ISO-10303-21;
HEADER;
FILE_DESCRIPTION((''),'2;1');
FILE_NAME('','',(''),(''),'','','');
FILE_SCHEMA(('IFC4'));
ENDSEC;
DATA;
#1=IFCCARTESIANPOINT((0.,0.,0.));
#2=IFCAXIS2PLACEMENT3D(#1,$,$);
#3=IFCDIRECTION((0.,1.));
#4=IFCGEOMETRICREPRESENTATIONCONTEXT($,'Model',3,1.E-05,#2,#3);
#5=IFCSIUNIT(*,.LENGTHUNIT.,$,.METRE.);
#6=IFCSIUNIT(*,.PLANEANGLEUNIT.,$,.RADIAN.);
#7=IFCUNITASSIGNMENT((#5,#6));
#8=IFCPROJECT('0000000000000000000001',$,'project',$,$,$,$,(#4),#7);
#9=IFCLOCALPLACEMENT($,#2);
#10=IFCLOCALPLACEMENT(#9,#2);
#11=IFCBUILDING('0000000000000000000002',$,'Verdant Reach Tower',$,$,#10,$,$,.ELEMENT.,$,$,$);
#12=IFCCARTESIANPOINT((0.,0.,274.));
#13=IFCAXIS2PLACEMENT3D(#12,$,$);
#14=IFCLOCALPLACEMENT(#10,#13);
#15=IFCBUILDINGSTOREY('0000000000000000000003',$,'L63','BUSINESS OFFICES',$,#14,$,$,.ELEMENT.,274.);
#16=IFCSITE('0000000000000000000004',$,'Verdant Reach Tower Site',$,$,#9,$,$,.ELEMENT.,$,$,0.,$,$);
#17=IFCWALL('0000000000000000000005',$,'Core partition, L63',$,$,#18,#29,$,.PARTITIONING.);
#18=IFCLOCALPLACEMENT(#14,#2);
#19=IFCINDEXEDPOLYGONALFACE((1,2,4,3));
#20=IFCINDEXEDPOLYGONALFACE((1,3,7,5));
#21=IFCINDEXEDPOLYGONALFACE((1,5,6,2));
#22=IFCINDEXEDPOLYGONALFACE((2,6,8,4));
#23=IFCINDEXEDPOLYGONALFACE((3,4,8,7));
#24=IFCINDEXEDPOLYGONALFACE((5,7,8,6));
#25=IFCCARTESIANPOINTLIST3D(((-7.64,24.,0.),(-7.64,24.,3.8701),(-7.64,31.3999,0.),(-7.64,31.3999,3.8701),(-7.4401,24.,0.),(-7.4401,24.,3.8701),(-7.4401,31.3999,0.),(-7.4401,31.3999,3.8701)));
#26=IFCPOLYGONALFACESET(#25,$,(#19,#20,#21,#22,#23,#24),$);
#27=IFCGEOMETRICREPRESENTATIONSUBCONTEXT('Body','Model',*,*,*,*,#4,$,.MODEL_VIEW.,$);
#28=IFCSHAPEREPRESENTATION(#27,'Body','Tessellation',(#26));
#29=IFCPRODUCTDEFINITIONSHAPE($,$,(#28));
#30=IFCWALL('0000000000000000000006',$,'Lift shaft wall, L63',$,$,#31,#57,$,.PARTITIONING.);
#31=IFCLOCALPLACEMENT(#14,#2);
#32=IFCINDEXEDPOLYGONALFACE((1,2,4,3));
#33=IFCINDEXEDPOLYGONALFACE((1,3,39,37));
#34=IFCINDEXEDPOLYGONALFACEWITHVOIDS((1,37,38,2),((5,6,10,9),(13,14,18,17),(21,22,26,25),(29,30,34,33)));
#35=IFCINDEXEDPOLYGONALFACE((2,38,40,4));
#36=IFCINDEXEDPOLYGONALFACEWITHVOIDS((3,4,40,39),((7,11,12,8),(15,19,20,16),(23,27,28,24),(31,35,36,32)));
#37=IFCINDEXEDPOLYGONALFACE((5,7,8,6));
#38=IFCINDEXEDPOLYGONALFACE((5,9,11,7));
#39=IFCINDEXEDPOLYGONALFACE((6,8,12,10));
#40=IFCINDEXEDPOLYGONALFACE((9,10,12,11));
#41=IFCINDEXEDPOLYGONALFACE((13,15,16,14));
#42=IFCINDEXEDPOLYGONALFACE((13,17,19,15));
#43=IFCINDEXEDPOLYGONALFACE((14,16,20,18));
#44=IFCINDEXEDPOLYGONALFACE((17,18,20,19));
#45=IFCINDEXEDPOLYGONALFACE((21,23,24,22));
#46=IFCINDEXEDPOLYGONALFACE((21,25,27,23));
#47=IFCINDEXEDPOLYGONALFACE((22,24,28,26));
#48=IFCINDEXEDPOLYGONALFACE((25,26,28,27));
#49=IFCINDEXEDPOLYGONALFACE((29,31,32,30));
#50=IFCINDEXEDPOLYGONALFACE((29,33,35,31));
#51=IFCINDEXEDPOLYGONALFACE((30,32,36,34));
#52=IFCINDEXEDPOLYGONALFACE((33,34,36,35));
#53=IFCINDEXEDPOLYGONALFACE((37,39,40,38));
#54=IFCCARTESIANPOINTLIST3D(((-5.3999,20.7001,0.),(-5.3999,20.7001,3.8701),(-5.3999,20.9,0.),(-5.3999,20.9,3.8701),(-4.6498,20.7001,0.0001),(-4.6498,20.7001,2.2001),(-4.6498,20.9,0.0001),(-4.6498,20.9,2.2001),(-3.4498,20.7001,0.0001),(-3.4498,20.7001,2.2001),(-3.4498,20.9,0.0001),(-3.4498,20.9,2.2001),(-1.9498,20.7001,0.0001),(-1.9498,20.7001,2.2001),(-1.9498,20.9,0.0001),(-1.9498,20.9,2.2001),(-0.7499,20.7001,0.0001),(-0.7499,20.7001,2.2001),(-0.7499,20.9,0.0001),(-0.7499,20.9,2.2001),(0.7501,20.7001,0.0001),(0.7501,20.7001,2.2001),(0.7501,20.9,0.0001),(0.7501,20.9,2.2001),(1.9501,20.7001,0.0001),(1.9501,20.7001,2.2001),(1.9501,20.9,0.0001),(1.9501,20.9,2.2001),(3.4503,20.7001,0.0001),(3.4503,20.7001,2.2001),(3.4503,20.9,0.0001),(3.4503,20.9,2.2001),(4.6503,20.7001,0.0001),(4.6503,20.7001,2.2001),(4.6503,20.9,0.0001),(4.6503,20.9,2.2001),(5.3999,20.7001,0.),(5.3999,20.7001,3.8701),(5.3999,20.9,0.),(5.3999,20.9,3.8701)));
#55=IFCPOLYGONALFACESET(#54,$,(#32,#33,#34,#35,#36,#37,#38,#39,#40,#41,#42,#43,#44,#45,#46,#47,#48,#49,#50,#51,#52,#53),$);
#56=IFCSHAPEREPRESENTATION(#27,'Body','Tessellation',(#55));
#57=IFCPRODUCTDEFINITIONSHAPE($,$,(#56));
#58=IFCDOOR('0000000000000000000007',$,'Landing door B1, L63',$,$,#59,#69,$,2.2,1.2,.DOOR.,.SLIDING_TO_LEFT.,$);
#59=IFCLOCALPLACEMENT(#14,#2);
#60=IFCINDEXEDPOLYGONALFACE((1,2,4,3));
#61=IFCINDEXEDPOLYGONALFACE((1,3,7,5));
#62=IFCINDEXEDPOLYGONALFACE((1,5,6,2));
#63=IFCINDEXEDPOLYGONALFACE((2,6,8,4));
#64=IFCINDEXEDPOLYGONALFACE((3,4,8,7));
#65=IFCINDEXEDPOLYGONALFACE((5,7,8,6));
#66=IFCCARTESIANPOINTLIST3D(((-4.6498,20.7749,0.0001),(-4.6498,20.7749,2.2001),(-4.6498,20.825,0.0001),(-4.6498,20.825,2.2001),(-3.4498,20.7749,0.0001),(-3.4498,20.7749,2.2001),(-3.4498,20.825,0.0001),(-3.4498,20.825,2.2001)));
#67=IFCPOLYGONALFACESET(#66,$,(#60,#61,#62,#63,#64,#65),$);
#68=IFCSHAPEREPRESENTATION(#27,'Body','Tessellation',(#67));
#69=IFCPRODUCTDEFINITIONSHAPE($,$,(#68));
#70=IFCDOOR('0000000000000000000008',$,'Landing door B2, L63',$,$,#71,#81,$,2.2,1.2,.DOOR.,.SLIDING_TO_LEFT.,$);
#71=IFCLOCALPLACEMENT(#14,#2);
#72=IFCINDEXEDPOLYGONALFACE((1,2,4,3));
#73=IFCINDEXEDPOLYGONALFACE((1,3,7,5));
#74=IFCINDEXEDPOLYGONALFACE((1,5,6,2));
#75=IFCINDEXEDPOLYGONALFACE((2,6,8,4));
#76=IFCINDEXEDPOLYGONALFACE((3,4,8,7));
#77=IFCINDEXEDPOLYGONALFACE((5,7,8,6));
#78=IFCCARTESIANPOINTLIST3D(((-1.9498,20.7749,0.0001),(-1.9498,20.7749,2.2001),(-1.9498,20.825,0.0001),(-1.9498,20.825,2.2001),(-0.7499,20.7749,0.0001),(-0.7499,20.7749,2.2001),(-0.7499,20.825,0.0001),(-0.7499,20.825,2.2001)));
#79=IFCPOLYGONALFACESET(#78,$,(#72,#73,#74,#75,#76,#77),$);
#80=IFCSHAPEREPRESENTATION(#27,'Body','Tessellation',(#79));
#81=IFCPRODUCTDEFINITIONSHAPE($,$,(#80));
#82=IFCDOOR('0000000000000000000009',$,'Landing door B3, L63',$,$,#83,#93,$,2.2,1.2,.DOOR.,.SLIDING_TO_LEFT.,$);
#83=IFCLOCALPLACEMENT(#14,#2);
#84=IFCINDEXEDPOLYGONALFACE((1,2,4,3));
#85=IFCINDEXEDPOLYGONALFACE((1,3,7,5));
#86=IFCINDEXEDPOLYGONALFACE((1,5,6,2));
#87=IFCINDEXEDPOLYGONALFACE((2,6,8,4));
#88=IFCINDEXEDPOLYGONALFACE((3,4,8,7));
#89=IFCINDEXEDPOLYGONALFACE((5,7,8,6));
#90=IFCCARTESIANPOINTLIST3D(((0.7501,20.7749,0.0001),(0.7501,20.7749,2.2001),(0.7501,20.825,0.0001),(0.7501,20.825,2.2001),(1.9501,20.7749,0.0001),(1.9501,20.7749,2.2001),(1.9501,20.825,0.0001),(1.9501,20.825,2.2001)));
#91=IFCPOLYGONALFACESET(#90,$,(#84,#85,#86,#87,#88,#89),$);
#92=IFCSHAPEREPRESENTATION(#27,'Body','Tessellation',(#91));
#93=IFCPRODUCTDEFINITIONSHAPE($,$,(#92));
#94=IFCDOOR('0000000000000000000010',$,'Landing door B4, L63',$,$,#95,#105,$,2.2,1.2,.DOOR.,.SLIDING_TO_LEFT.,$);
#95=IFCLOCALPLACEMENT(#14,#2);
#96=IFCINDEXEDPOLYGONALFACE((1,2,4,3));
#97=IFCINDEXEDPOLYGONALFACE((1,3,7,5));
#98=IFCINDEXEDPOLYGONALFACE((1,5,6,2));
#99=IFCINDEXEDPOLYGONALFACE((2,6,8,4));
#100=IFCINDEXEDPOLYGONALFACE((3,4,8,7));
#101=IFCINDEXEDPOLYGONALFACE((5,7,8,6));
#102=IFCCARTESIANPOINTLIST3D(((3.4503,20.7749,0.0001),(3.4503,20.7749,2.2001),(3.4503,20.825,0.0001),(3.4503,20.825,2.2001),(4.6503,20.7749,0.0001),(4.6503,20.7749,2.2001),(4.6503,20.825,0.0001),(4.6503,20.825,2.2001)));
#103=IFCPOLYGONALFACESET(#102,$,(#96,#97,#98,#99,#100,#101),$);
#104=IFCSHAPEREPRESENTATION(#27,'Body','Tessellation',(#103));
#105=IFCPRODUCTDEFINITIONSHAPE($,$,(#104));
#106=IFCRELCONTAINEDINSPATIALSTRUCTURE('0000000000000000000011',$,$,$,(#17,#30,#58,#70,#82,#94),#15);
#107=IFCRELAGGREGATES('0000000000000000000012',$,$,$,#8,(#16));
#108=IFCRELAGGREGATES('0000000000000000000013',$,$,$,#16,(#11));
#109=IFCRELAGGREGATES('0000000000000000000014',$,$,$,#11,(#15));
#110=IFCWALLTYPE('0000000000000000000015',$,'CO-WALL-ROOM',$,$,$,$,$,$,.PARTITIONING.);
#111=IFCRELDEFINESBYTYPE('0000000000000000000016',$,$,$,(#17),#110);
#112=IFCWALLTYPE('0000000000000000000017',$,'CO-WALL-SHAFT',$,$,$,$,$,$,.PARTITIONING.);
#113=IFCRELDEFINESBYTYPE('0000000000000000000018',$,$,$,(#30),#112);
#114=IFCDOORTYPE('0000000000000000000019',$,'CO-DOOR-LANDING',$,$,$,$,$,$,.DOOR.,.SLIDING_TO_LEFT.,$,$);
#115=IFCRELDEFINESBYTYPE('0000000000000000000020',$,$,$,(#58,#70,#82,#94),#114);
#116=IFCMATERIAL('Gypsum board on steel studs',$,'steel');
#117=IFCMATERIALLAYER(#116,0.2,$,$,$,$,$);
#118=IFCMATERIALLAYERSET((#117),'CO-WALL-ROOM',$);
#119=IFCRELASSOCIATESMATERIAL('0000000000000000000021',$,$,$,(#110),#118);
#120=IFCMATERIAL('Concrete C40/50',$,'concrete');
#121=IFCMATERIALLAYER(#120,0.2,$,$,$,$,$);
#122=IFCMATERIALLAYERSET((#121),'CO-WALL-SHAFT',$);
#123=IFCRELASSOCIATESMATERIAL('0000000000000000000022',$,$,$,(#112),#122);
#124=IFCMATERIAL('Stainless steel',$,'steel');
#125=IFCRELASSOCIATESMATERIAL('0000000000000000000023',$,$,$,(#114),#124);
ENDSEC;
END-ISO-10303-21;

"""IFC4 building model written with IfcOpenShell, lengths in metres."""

from ifc_helpers import new_model, si_unit, direction, frame, frame_2d, origin, place, context, subcontext, project, spatial, rectangle, extrude, material, layer, layer_set, type_object, element, fill, save


model = new_model("IFC4")

# Units and contexts
model_context = context("Model", 3, precision=1e-05, world=origin(), true_north=direction((0.0, 1.0)))
body_context = subcontext(model_context, "Body", "Model", "MODEL_VIEW")
ifc_project = project(units=[si_unit("LENGTHUNIT", "METRE"), si_unit("PLANEANGLEUNIT", "RADIAN")], contexts=[model_context])

# Site, building, storey
site_placement = place(None, origin())
site = spatial("IfcSite", under=ifc_project, at=site_placement, Name="Verdant Reach Tower Site", CompositionType="ELEMENT", RefElevation=0.0)
building_placement = place(site_placement, origin())
building = spatial("IfcBuilding", under=site, at=building_placement, Name="Verdant Reach Tower", CompositionType="ELEMENT")
storey_placement = place(building_placement, frame((0.0, 0.0, 274.0)))
storey = spatial("IfcBuildingStorey", under=building, at=storey_placement, Name="L63", Description="BUSINESS OFFICES", CompositionType="ELEMENT", Elevation=274.0)

# Shared definitions
ifc_material_1 = material(Name="Gypsum board on steel studs", Category="steel")
ifc_layer_1 = layer(ifc_material_1, 0.2)
ifc_layer_set_1 = layer_set([ifc_layer_1], Name="CO-WALL-ROOM")
wall_type_1 = type_object("IfcWallType", Name="CO-WALL-ROOM", PredefinedType="PARTITIONING", material=ifc_layer_set_1)

# Wall
wall_1_placement = place(storey_placement, frame((-7.54, 24.0, 0.0), z_axis=(0.0, 0.0, 1.0), x_axis=(0.0, 1.0, 0.0)))
element("IfcWall", 1, at=wall_1_placement, inside=storey, type_object=wall_type_1, Name="Core partition, L63", PredefinedType="PARTITIONING", context=body_context, shape_type="SweptSolid", body=[
    extrude(rectangle(XDim=7.3999, YDim=0.2, at=frame_2d((3.7, 0.0))), origin(), (0.0, 0.0, 1.0), 3.8701),
])

# Wall, openings, doors
ifc_material_2 = material(Name="Concrete C40/50", Category="concrete")
ifc_layer_2 = layer(ifc_material_2, 0.2)
ifc_layer_set_2 = layer_set([ifc_layer_2], Name="CO-WALL-SHAFT")
wall_type_2 = type_object("IfcWallType", Name="CO-WALL-SHAFT", PredefinedType="PARTITIONING", material=ifc_layer_set_2)
wall_2_placement = place(storey_placement, frame((-5.3999, 20.8, 0.0), z_axis=(0.0, 0.0, 1.0), x_axis=(1.0, 0.0, 0.0)))
wall_2 = element("IfcWall", 2, at=wall_2_placement, inside=storey, type_object=wall_type_2, Name="Lift shaft wall, L63", PredefinedType="PARTITIONING", context=body_context, shape_type="SweptSolid", body=[
    extrude(rectangle(XDim=10.7998, YDim=0.2, at=frame_2d((5.3999, 0.0))), origin(), (0.0, 0.0, 1.0), 3.8701),
])
opening_1_placement = place(wall_2_placement, frame((0.75, 0.0, 0.0)))
opening_1 = element("IfcOpeningElement", 3, at=opening_1_placement, cuts=wall_2, PredefinedType="OPENING", context=body_context, shape_type="SweptSolid", body=[
    extrude(rectangle(XDim=1.2, YDim=2.2, at=frame_2d((0.6001, 1.1001))), frame((0.0, 0.1099, 0.0), z_axis=(0.0, -1.0, 0.0), x_axis=(1.0, 0.0, 0.0)), (0.0, 0.0, 1.0), 0.22),
])
opening_2_placement = place(wall_2_placement, frame((3.45, 0.0, 0.0)))
opening_2 = element("IfcOpeningElement", 4, at=opening_2_placement, cuts=wall_2, PredefinedType="OPENING", context=body_context, shape_type="SweptSolid", body=[
    extrude(rectangle(XDim=1.2, YDim=2.2, at=frame_2d((0.6001, 1.1001))), frame((0.0, 0.1099, 0.0), z_axis=(0.0, -1.0, 0.0), x_axis=(1.0, 0.0, 0.0)), (0.0, 0.0, 1.0), 0.22),
])
opening_3_placement = place(wall_2_placement, frame((6.1499, 0.0, 0.0)))
opening_3 = element("IfcOpeningElement", 5, at=opening_3_placement, cuts=wall_2, PredefinedType="OPENING", context=body_context, shape_type="SweptSolid", body=[
    extrude(rectangle(XDim=1.2, YDim=2.2, at=frame_2d((0.6001, 1.1001))), frame((0.0, 0.1099, 0.0), z_axis=(0.0, -1.0, 0.0), x_axis=(1.0, 0.0, 0.0)), (0.0, 0.0, 1.0), 0.22),
])
opening_4_placement = place(wall_2_placement, frame((8.8501, 0.0, 0.0)))
opening_4 = element("IfcOpeningElement", 6, at=opening_4_placement, cuts=wall_2, PredefinedType="OPENING", context=body_context, shape_type="SweptSolid", body=[
    extrude(rectangle(XDim=1.2, YDim=2.2, at=frame_2d((0.6001, 1.1001))), frame((0.0, 0.1099, 0.0), z_axis=(0.0, -1.0, 0.0), x_axis=(1.0, 0.0, 0.0)), (0.0, 0.0, 1.0), 0.22),
])
ifc_material_3 = material(Name="Stainless steel", Category="steel")
door_type_1 = type_object("IfcDoorType", Name="CO-DOOR-LANDING", OperationType="SLIDING_TO_LEFT", PredefinedType="DOOR", material=ifc_material_3)
door_1_placement = place(opening_1_placement, origin())
door_1 = element("IfcDoor", 7, at=door_1_placement, inside=storey, type_object=door_type_1, Name="Landing door B1, L63", OperationType="SLIDING_TO_LEFT", OverallHeight=2.2, OverallWidth=1.2, PredefinedType="DOOR", context=body_context, shape_type="SweptSolid", body=[
    extrude(rectangle(XDim=1.2, YDim=2.2, at=frame_2d((0.6001, 1.1001))), frame((0.0, 0.0249, 0.0), z_axis=(0.0, -1.0, 0.0), x_axis=(1.0, 0.0, 0.0)), (0.0, 0.0, 1.0), 0.05),
])
fill(opening_1, door_1)
door_2_placement = place(opening_2_placement, origin())
door_2 = element("IfcDoor", 8, at=door_2_placement, inside=storey, type_object=door_type_1, Name="Landing door B2, L63", OperationType="SLIDING_TO_LEFT", OverallHeight=2.2, OverallWidth=1.2, PredefinedType="DOOR", context=body_context, shape_type="SweptSolid", body=[
    extrude(rectangle(XDim=1.2, YDim=2.2, at=frame_2d((0.6001, 1.1001))), frame((0.0, 0.0249, 0.0), z_axis=(0.0, -1.0, 0.0), x_axis=(1.0, 0.0, 0.0)), (0.0, 0.0, 1.0), 0.05),
])
fill(opening_2, door_2)
door_3_placement = place(opening_3_placement, origin())
door_3 = element("IfcDoor", 9, at=door_3_placement, inside=storey, type_object=door_type_1, Name="Landing door B3, L63", OperationType="SLIDING_TO_LEFT", OverallHeight=2.2, OverallWidth=1.2, PredefinedType="DOOR", context=body_context, shape_type="SweptSolid", body=[
    extrude(rectangle(XDim=1.2, YDim=2.2, at=frame_2d((0.6001, 1.1001))), frame((0.0, 0.0249, 0.0), z_axis=(0.0, -1.0, 0.0), x_axis=(1.0, 0.0, 0.0)), (0.0, 0.0, 1.0), 0.05),
])
fill(opening_3, door_3)
door_4_placement = place(opening_4_placement, origin())
door_4 = element("IfcDoor", 10, at=door_4_placement, inside=storey, type_object=door_type_1, Name="Landing door B4, L63", OperationType="SLIDING_TO_LEFT", OverallHeight=2.2, OverallWidth=1.2, PredefinedType="DOOR", context=body_context, shape_type="SweptSolid", body=[
    extrude(rectangle(XDim=1.2, YDim=2.2, at=frame_2d((0.6001, 1.1001))), frame((0.0, 0.0249, 0.0), z_axis=(0.0, -1.0, 0.0), x_axis=(1.0, 0.0, 0.0)), (0.0, 0.0, 1.0), 0.05),
])
fill(opening_4, door_4)

save(model, "model.ifc")
